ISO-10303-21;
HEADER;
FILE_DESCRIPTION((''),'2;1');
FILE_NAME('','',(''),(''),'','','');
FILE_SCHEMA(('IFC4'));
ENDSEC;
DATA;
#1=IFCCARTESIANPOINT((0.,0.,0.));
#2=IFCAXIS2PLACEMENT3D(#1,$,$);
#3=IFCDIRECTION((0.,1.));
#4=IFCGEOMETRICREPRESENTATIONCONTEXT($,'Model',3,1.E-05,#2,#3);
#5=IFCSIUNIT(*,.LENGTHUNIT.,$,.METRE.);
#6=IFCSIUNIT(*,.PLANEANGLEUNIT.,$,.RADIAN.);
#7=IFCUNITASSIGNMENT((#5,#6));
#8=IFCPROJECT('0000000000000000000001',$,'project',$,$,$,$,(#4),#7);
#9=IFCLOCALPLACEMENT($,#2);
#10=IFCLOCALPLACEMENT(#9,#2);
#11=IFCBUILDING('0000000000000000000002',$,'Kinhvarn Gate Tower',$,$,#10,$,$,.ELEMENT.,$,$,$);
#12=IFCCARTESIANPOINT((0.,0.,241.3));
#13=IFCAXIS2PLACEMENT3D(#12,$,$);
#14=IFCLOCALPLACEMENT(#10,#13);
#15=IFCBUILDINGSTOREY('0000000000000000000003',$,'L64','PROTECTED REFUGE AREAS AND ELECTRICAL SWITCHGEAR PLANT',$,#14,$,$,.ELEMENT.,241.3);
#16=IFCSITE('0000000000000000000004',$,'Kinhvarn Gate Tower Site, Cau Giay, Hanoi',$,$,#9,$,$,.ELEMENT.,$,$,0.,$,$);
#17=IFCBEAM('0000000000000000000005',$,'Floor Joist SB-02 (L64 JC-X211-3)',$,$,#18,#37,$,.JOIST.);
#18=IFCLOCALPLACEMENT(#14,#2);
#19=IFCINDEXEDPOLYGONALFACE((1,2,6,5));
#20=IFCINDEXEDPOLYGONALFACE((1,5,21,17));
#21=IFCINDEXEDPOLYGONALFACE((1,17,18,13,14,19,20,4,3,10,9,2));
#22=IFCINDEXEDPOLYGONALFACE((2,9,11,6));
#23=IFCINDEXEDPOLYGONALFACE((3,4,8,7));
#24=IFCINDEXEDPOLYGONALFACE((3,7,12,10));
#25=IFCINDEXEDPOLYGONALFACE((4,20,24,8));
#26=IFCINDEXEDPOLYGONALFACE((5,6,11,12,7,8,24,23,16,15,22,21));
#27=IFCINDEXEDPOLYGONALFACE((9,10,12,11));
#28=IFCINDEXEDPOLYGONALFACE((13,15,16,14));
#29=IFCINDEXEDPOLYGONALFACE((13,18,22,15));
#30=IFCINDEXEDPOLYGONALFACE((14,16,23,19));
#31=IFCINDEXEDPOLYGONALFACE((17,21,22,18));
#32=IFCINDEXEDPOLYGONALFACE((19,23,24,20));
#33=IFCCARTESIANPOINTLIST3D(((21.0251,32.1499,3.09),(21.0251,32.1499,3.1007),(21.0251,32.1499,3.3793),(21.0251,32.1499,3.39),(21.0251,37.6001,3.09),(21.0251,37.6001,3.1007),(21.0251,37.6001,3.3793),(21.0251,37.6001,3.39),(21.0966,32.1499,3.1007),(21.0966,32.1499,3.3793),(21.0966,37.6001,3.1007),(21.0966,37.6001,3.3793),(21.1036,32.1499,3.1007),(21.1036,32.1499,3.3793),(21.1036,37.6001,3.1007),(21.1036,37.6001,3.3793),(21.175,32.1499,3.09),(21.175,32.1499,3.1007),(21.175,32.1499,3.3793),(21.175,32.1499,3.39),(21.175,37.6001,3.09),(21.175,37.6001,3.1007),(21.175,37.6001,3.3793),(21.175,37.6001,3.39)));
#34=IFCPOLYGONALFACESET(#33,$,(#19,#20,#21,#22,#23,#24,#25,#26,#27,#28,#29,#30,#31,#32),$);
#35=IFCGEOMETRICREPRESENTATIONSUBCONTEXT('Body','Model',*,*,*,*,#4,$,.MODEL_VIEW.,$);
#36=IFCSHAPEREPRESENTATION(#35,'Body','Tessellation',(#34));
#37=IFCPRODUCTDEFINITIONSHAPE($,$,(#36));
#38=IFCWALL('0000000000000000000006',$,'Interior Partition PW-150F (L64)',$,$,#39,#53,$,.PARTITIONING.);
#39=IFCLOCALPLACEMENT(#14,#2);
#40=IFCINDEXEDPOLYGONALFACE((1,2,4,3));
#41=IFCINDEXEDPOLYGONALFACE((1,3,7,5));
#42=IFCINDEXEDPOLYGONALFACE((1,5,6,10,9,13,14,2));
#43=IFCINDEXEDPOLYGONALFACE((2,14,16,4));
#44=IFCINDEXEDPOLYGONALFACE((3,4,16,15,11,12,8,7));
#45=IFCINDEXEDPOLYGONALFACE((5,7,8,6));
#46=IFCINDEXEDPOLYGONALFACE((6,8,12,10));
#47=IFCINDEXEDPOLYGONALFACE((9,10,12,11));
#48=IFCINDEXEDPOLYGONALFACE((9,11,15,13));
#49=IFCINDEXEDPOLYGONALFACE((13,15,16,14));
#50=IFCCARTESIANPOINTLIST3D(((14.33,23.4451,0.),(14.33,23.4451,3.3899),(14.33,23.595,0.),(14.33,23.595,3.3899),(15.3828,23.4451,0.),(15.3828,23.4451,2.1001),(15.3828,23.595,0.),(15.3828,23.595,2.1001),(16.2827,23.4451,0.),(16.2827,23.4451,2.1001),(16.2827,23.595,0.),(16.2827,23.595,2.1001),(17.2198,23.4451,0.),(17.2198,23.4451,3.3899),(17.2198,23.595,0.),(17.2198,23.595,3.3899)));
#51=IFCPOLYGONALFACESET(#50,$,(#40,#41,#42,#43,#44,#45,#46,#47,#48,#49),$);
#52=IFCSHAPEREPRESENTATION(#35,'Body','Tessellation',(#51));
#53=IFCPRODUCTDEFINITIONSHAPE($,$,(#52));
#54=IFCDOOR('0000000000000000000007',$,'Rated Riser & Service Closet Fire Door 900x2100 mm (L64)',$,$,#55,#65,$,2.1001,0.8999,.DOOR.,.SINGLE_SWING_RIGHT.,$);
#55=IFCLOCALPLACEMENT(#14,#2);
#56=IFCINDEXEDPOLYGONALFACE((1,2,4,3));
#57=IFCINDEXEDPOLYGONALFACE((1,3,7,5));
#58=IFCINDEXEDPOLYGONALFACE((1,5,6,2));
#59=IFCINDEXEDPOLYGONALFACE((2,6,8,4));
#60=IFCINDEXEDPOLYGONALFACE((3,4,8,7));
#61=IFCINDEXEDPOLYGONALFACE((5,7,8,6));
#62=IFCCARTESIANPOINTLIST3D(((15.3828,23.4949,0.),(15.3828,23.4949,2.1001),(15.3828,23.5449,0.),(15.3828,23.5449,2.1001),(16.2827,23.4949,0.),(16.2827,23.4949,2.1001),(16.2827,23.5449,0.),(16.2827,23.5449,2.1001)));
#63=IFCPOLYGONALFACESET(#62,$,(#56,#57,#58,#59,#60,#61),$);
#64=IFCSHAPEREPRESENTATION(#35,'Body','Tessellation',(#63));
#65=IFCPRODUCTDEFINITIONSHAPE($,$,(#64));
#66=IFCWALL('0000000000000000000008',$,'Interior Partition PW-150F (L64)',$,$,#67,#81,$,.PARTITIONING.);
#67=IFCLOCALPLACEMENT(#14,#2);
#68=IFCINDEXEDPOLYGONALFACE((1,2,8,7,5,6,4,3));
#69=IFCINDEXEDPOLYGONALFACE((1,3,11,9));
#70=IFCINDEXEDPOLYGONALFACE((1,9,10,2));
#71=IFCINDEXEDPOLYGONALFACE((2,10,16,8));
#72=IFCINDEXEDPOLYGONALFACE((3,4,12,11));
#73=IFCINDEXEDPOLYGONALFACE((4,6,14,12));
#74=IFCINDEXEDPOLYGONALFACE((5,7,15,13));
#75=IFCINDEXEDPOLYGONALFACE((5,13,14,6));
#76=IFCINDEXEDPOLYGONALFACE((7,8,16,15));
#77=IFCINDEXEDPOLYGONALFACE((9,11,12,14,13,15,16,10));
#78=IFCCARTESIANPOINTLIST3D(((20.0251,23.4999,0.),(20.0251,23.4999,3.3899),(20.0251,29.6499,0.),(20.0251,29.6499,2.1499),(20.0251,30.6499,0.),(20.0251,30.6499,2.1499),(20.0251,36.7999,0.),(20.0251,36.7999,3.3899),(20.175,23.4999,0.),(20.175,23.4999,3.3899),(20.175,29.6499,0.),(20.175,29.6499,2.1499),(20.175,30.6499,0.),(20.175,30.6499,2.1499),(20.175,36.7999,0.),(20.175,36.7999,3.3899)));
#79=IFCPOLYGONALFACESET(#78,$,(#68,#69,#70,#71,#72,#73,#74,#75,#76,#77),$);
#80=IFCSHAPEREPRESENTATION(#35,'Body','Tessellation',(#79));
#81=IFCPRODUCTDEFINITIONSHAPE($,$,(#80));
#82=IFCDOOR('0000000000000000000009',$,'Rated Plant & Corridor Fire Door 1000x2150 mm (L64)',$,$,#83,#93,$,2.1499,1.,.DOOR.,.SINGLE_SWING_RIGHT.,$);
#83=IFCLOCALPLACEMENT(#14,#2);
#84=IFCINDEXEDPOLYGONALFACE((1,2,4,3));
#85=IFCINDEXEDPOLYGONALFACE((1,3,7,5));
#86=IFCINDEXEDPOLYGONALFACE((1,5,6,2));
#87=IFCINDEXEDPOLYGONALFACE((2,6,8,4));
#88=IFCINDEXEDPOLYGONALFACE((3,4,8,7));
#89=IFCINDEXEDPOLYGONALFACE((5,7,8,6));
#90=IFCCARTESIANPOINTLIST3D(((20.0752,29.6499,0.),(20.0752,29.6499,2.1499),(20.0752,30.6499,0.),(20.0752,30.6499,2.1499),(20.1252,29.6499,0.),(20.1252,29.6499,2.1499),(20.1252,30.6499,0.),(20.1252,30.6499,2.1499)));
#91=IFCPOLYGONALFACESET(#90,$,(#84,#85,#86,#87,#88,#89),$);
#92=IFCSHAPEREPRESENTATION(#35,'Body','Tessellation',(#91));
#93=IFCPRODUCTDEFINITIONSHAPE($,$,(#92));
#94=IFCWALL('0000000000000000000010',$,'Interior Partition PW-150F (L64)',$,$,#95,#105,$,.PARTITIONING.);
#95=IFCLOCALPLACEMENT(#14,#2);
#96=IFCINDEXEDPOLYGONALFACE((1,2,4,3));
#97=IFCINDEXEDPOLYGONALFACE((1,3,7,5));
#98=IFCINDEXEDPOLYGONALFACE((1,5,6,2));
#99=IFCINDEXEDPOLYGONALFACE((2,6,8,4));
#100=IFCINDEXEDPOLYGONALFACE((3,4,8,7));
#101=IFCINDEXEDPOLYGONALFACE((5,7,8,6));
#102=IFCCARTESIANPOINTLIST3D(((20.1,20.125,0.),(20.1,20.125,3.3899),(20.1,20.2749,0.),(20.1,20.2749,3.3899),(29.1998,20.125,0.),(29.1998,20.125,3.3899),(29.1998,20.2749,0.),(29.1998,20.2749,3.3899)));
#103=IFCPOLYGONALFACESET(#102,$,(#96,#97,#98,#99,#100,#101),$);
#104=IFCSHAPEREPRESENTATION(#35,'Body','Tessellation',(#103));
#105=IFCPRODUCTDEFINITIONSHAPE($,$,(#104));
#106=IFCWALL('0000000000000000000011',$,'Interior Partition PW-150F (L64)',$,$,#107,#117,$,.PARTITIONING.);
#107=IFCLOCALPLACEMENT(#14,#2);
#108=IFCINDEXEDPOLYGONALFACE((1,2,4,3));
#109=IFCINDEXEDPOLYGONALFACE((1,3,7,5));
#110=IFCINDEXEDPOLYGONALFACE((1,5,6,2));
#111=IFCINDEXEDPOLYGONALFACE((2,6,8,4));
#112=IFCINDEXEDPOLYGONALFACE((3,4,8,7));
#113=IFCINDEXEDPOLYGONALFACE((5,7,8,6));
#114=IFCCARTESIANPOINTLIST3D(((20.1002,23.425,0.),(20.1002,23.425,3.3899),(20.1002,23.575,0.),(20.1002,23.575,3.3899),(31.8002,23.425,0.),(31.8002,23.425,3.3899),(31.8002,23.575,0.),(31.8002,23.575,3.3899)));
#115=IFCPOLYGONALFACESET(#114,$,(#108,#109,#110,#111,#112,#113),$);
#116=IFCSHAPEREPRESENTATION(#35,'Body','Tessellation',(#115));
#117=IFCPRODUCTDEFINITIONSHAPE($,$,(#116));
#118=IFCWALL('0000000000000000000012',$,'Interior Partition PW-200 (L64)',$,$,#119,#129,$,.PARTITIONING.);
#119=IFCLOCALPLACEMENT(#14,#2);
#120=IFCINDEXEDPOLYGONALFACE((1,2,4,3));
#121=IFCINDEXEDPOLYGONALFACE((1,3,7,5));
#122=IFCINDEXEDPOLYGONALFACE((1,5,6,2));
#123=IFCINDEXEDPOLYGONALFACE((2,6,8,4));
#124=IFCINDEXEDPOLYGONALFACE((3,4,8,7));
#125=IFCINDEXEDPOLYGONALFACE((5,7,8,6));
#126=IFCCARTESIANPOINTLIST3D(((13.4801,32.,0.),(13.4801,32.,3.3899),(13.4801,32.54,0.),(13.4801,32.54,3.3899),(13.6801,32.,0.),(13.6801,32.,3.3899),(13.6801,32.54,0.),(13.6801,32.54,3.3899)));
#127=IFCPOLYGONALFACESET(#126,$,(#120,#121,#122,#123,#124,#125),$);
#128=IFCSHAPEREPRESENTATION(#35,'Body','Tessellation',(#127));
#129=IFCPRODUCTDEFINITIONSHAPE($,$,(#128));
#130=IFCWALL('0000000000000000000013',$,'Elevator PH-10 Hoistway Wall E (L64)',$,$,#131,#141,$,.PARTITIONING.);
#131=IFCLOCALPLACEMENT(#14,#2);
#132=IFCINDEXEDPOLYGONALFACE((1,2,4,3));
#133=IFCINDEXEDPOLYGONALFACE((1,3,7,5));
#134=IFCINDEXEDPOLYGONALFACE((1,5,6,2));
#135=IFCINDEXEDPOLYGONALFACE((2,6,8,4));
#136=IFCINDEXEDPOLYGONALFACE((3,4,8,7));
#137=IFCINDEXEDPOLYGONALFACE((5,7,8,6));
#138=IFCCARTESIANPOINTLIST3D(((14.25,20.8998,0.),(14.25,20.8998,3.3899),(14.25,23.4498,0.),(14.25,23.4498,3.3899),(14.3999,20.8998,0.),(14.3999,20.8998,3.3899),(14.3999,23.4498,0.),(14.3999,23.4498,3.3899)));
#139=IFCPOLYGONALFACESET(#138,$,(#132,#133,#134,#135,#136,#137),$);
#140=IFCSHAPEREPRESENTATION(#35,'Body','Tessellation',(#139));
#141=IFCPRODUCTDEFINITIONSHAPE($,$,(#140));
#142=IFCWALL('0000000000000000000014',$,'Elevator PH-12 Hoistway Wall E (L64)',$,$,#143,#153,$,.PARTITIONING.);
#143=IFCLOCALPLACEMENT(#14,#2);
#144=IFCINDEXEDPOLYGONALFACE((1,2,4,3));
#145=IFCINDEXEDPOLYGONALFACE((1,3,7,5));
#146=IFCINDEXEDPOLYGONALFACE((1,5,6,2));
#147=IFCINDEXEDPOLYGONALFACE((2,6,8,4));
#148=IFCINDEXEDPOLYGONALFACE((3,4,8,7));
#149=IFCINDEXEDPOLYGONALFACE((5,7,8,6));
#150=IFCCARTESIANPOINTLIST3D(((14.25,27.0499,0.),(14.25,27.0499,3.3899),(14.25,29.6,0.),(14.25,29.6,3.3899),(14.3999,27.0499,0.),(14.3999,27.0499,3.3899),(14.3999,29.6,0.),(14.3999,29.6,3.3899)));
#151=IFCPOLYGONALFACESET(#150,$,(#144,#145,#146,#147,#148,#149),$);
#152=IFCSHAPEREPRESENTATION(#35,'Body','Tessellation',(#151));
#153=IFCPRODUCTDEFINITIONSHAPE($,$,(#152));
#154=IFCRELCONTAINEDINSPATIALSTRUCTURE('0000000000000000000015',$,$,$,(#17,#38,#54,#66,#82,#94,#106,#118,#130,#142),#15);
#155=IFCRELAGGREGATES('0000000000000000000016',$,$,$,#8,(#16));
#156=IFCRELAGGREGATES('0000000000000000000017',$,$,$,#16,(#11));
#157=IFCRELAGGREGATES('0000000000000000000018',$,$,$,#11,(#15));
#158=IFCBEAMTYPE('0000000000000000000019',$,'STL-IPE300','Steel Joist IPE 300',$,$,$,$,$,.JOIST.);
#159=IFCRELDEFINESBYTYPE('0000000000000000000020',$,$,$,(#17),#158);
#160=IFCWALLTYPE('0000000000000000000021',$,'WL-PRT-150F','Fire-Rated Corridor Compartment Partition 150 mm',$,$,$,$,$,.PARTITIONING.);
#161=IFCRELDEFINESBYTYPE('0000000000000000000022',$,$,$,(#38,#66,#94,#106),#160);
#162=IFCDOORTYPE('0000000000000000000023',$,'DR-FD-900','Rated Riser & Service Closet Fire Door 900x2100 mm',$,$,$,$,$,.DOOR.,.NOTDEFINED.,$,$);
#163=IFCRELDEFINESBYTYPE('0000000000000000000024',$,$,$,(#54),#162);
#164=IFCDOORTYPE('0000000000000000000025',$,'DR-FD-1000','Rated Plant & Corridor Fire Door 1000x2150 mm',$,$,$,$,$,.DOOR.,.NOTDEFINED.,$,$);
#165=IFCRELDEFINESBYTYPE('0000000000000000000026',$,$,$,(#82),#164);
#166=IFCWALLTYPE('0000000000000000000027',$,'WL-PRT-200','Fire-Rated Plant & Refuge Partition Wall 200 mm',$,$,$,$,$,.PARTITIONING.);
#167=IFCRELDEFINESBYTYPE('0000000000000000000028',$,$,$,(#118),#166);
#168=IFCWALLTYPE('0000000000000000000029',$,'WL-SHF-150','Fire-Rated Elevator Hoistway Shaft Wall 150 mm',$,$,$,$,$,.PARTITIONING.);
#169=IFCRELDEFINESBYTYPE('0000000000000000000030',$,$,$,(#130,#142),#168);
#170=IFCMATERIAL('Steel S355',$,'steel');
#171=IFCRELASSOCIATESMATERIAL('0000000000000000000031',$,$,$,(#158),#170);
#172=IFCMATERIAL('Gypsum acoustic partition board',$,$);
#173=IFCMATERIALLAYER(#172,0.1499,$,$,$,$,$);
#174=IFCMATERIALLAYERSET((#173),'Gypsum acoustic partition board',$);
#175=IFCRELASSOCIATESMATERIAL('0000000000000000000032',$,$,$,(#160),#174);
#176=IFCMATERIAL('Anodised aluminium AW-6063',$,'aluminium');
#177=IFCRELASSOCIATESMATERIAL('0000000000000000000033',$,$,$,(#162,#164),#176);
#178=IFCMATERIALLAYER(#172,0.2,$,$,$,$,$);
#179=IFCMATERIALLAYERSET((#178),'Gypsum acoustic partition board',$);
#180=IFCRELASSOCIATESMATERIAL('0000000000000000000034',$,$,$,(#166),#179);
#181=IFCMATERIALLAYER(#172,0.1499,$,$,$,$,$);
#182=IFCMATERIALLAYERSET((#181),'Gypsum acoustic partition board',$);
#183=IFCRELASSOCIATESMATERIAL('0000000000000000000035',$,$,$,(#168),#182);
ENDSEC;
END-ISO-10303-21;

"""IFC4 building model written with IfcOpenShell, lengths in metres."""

from ifc_helpers import new_model, si_unit, direction, frame, frame_2d, origin, origin_2d, place, context, subcontext, project, spatial, rectangle, i_section, extrude, material, layer, layer_set, material_profile, profile_set, type_object, element, fill, save


model = new_model("IFC4")

# Units and contexts
model_context = context("Model", 3, precision=1e-05, world=origin(), true_north=direction((0.0, 1.0)))
body_context = subcontext(model_context, "Body", "Model", "MODEL_VIEW")
ifc_project = project(units=[si_unit("LENGTHUNIT", "METRE"), si_unit("PLANEANGLEUNIT", "RADIAN")], contexts=[model_context])

# Site, building, storey
site_placement = place(None, origin())
site = spatial("IfcSite", under=ifc_project, at=site_placement, Name="Kinhvarn Gate Tower Site, Cau Giay, Hanoi", CompositionType="ELEMENT", RefElevation=0.0)
building_placement = place(site_placement, origin())
building = spatial("IfcBuilding", under=site, at=building_placement, Name="Kinhvarn Gate Tower", CompositionType="ELEMENT")
storey_placement = place(building_placement, frame((0.0, 0.0, 241.3)))
storey = spatial("IfcBuildingStorey", under=building, at=storey_placement, Name="L64", Description="PROTECTED REFUGE AREAS AND ELECTRICAL SWITCHGEAR PLANT", CompositionType="ELEMENT", Elevation=241.3)

# Beam
ifc_material_1 = material(Name="Steel S355", Category="steel")
ifc_material_profile_1 = material_profile(ifc_material_1, i_section(OverallWidth=0.1499, OverallDepth=0.3, WebThickness=0.0071, FlangeThickness=0.0107, at=origin_2d()), Name="IPE 300")
ifc_profile_set_1 = profile_set([ifc_material_profile_1], Name="Steel S355")
beam_type_1 = type_object("IfcBeamType", Name="STL-IPE300", Description="Steel Joist IPE 300", PredefinedType="JOIST", material=ifc_profile_set_1)
beam_1_placement = place(storey_placement, frame((21.1001, 32.1499, 3.24), z_axis=(0.0, 1.0, 0.0), x_axis=(-1.0, 0.0, 0.0)))
element("IfcBeam", 1, at=beam_1_placement, inside=storey, type_object=beam_type_1, Name="Floor Joist SB-02 (L64 JC-X211-3)", PredefinedType="JOIST", context=body_context, shape_type="SweptSolid", body=[
    extrude(i_section(OverallWidth=0.1499, OverallDepth=0.3, WebThickness=0.0071, FlangeThickness=0.0107, at=origin_2d()), origin(), (0.0, 0.0, 1.0), 5.4502),
])

# Walls, openings, doors
ifc_material_2 = material(Name="Anodised aluminium AW-6063", Category="aluminium")
ifc_material_3 = material(Name="Gypsum acoustic partition board")
ifc_layer_1 = layer(ifc_material_3, 0.1499)
ifc_layer_set_1 = layer_set([ifc_layer_1], Name="Gypsum acoustic partition board")
wall_type_1 = type_object("IfcWallType", Name="WL-PRT-150F", Description="Fire-Rated Corridor Compartment Partition 150 mm", PredefinedType="PARTITIONING", material=ifc_layer_set_1)
wall_1_placement = place(storey_placement, frame((14.3301, 23.52, 0.0), z_axis=(0.0, 0.0, 1.0), x_axis=(1.0, 0.0, 0.0)))
wall_1 = element("IfcWall", 2, at=wall_1_placement, inside=storey, type_object=wall_type_1, Name="Interior Partition PW-150F (L64)", PredefinedType="PARTITIONING", context=body_context, shape_type="SweptSolid", body=[
    extrude(rectangle(XDim=2.8899, YDim=0.1499, at=frame_2d((1.4448, 0.0))), origin(), (0.0, 0.0, 1.0), 3.3899),
])
opening_1_placement = place(wall_1_placement, frame((1.0527, 0.0, 0.0)))
opening_1 = element("IfcOpeningElement", 3, at=opening_1_placement, cuts=wall_1, PredefinedType="OPENING", context=body_context, shape_type="SweptSolid", body=[
    extrude(rectangle(XDim=0.8999, YDim=2.1001, at=frame_2d((0.45, 1.05))), frame((0.0, 0.085, 0.0), z_axis=(0.0, -1.0, 0.0), x_axis=(1.0, 0.0, 0.0)), (0.0, 0.0, 1.0), 0.1699),
])
door_type_1 = type_object("IfcDoorType", Name="DR-FD-900", Description="Rated Riser & Service Closet Fire Door 900x2100 mm", OperationType="NOTDEFINED", PredefinedType="DOOR", material=ifc_material_2)
door_1_placement = place(opening_1_placement, origin())
door_1 = element("IfcDoor", 4, at=door_1_placement, inside=storey, type_object=door_type_1, Name="Rated Riser & Service Closet Fire Door 900x2100 mm (L64)", OperationType="SINGLE_SWING_RIGHT", OverallHeight=2.1001, OverallWidth=0.8999, PredefinedType="DOOR", context=body_context, shape_type="SweptSolid", body=[
    extrude(rectangle(XDim=0.8999, YDim=2.1001, at=frame_2d((0.45, 1.05))), frame((0.0, 0.0249, 0.0), z_axis=(0.0, -1.0, 0.0), x_axis=(1.0, 0.0, 0.0)), (0.0, 0.0, 1.0), 0.05),
])
fill(opening_1, door_1)
wall_2_placement = place(storey_placement, frame((20.1001, 23.5, 0.0), z_axis=(0.0, 0.0, 1.0), x_axis=(0.0, 1.0, 0.0)))
wall_2 = element("IfcWall", 5, at=wall_2_placement, inside=storey, type_object=wall_type_1, Name="Interior Partition PW-150F (L64)", PredefinedType="PARTITIONING", context=body_context, shape_type="SweptSolid", body=[
    extrude(rectangle(XDim=13.3, YDim=0.1499, at=frame_2d((6.6499, 0.0))), origin(), (0.0, 0.0, 1.0), 3.3899),
])
opening_2_placement = place(wall_2_placement, frame((6.1499, 0.0, 0.0)))
opening_2 = element("IfcOpeningElement", 6, at=opening_2_placement, cuts=wall_2, PredefinedType="OPENING", context=body_context, shape_type="SweptSolid", body=[
    extrude(rectangle(XDim=1.0, YDim=2.1499, at=frame_2d((0.5, 1.075))), frame((0.0, 0.085, 0.0), z_axis=(0.0, -1.0, 0.0), x_axis=(1.0, 0.0, 0.0)), (0.0, 0.0, 1.0), 0.1699),
])
door_type_2 = type_object("IfcDoorType", Name="DR-FD-1000", Description="Rated Plant & Corridor Fire Door 1000x2150 mm", OperationType="NOTDEFINED", PredefinedType="DOOR", material=ifc_material_2)
door_2_placement = place(opening_2_placement, origin())
door_2 = element("IfcDoor", 7, at=door_2_placement, inside=storey, type_object=door_type_2, Name="Rated Plant & Corridor Fire Door 1000x2150 mm (L64)", OperationType="SINGLE_SWING_RIGHT", OverallHeight=2.1499, OverallWidth=1.0, PredefinedType="DOOR", context=body_context, shape_type="SweptSolid", body=[
    extrude(rectangle(XDim=1.0, YDim=2.1499, at=frame_2d((0.5, 1.075))), frame((0.0, 0.0249, 0.0), z_axis=(0.0, -1.0, 0.0), x_axis=(1.0, 0.0, 0.0)), (0.0, 0.0, 1.0), 0.05),
])
fill(opening_2, door_2)

# Walls
wall_3_placement = place(storey_placement, frame((20.1001, 20.2, 0.0), z_axis=(0.0, 0.0, 1.0), x_axis=(1.0, 0.0, 0.0)))
element("IfcWall", 8, at=wall_3_placement, inside=storey, type_object=wall_type_1, Name="Interior Partition PW-150F (L64)", PredefinedType="PARTITIONING", context=body_context, shape_type="SweptSolid", body=[
    extrude(rectangle(XDim=9.0999, YDim=0.1499, at=frame_2d((4.5498, 0.0))), origin(), (0.0, 0.0, 1.0), 3.3899),
])
wall_4_placement = place(storey_placement, frame((20.1001, 23.5, 0.0), z_axis=(0.0, 0.0, 1.0), x_axis=(1.0, 0.0, 0.0)))
element("IfcWall", 9, at=wall_4_placement, inside=storey, type_object=wall_type_1, Name="Interior Partition PW-150F (L64)", PredefinedType="PARTITIONING", context=body_context, shape_type="SweptSolid", body=[
    extrude(rectangle(XDim=11.7, YDim=0.1499, at=frame_2d((5.8501, 0.0))), origin(), (0.0, 0.0, 1.0), 3.3899),
])
ifc_layer_2 = layer(ifc_material_3, 0.2)
ifc_layer_set_2 = layer_set([ifc_layer_2], Name="Gypsum acoustic partition board")
wall_type_2 = type_object("IfcWallType", Name="WL-PRT-200", Description="Fire-Rated Plant & Refuge Partition Wall 200 mm", PredefinedType="PARTITIONING", material=ifc_layer_set_2)
wall_5_placement = place(storey_placement, frame((13.5801, 32.0, 0.0), z_axis=(0.0, 0.0, 1.0), x_axis=(0.0, 1.0, 0.0)))
element("IfcWall", 10, at=wall_5_placement, inside=storey, type_object=wall_type_2, Name="Interior Partition PW-200 (L64)", PredefinedType="PARTITIONING", context=body_context, shape_type="SweptSolid", body=[
    extrude(rectangle(XDim=0.54, YDim=0.2, at=frame_2d((0.27, 0.0))), origin(), (0.0, 0.0, 1.0), 3.3899),
])
ifc_layer_3 = layer(ifc_material_3, 0.1499)
ifc_layer_set_3 = layer_set([ifc_layer_3], Name="Gypsum acoustic partition board")
wall_type_3 = type_object("IfcWallType", Name="WL-SHF-150", Description="Fire-Rated Elevator Hoistway Shaft Wall 150 mm", PredefinedType="PARTITIONING", material=ifc_layer_set_3)
for number, where, z_axis, x_axis, name in (
    (11, (14.325, 20.8999, 0.0), (0.0, 0.0, 1.0), (0.0, 1.0, 0.0), "Elevator PH-10 Hoistway Wall E (L64)"),
    (12, (14.325, 27.05, 0.0), (0.0, 0.0, 1.0), (0.0, 1.0, 0.0), "Elevator PH-12 Hoistway Wall E (L64)"),
):
    element("IfcWall", number, at=place(storey_placement, frame(where, z_axis=z_axis, x_axis=x_axis)), inside=storey, type_object=wall_type_3, Name=name, PredefinedType="PARTITIONING", context=body_context, shape_type="SweptSolid", body=[
        extrude(rectangle(XDim=2.55, YDim=0.1499, at=frame_2d((1.2749, 0.0))), origin(), (0.0, 0.0, 1.0), 3.3899),
    ])

save(model, "model.ifc")
